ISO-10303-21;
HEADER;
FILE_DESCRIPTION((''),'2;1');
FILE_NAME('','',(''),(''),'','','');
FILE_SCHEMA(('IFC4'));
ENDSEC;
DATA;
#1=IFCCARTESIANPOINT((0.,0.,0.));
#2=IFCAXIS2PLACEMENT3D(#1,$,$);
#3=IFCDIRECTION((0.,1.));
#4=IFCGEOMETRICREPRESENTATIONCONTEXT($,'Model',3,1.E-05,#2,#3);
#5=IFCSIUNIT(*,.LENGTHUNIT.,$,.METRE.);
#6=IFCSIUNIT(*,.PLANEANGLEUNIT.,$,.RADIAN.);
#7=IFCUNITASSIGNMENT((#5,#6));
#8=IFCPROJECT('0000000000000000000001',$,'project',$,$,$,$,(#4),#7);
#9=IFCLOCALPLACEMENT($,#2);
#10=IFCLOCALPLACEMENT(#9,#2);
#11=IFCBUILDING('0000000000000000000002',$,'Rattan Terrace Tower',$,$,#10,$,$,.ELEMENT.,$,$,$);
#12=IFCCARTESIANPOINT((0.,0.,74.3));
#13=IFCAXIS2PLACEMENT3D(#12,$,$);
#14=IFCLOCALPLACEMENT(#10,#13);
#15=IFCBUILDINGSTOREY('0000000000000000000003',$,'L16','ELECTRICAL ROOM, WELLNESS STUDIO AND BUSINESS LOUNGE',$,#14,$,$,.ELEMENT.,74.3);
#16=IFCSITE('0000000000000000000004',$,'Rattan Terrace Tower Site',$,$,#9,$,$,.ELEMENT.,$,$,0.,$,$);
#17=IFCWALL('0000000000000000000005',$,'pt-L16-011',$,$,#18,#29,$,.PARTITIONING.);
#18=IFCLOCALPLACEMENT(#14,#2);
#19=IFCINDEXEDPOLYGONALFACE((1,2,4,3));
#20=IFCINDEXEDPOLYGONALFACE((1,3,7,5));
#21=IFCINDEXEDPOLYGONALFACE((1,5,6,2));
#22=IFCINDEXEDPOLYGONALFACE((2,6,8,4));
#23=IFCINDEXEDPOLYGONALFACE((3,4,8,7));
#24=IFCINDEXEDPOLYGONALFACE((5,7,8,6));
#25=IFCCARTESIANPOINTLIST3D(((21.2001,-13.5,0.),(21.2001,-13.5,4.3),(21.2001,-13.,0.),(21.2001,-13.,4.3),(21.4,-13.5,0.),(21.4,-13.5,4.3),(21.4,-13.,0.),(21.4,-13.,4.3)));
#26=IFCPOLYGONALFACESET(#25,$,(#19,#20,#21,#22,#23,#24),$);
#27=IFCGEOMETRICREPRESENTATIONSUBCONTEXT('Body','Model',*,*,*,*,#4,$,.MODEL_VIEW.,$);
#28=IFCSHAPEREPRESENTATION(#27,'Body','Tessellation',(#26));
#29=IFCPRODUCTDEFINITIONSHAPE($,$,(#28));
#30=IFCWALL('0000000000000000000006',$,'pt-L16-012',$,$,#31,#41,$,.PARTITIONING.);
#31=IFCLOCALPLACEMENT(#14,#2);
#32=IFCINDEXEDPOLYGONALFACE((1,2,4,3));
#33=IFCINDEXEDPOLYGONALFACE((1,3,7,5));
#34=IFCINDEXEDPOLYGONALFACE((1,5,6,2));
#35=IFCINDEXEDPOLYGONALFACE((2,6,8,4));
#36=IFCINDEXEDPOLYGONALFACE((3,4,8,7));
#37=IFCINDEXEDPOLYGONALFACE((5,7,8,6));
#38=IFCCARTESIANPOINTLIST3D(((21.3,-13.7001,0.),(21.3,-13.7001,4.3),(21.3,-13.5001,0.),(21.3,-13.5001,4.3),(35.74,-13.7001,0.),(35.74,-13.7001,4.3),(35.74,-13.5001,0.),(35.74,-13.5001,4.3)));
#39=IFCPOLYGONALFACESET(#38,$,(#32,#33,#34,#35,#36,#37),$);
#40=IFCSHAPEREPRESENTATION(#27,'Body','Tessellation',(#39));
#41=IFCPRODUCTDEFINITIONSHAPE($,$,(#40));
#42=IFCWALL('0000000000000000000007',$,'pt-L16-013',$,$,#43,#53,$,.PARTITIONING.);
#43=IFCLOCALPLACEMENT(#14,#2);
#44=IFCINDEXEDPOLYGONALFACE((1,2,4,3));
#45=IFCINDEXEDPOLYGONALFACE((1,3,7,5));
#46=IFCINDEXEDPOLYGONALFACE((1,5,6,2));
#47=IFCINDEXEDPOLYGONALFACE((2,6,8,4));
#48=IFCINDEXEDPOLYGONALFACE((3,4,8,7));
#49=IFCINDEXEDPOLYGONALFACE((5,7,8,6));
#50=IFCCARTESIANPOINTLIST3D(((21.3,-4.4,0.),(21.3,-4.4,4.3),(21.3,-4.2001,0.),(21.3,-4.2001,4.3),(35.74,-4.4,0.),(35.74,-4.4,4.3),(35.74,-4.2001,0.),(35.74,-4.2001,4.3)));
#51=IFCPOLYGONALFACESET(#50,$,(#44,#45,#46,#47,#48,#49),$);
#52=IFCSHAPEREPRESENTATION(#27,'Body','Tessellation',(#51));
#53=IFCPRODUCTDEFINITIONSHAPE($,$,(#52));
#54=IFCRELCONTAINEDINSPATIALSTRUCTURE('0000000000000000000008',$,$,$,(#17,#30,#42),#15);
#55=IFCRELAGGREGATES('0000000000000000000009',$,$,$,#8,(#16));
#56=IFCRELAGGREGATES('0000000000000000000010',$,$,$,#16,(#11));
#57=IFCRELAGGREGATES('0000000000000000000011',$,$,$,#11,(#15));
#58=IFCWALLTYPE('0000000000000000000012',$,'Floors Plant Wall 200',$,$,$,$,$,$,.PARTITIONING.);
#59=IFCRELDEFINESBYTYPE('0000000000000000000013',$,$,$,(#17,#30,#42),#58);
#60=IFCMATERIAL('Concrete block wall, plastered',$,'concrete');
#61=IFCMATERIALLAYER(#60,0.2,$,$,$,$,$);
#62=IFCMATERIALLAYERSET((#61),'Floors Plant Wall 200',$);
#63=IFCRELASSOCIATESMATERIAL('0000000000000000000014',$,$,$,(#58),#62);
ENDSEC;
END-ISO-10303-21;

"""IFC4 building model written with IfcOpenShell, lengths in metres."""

from ifc_helpers import new_model, si_unit, direction, frame, frame_2d, origin, place, context, subcontext, project, spatial, rectangle, extrude, material, layer, layer_set, type_object, element, save


model = new_model("IFC4")

# Units and contexts
model_context = context("Model", 3, precision=1e-05, world=origin(), true_north=direction((0.0, 1.0)))
body_context = subcontext(model_context, "Body", "Model", "MODEL_VIEW")
ifc_project = project(units=[si_unit("LENGTHUNIT", "METRE"), si_unit("PLANEANGLEUNIT", "RADIAN")], contexts=[model_context])

# Site, building, storey
site_placement = place(None, origin())
site = spatial("IfcSite", under=ifc_project, at=site_placement, Name="Rattan Terrace Tower Site", CompositionType="ELEMENT", RefElevation=0.0)
building_placement = place(site_placement, origin())
building = spatial("IfcBuilding", under=site, at=building_placement, Name="Rattan Terrace Tower", CompositionType="ELEMENT")
storey_placement = place(building_placement, frame((0.0, 0.0, 74.3)))
storey = spatial("IfcBuildingStorey", under=building, at=storey_placement, Name="L16", Description="ELECTRICAL ROOM, WELLNESS STUDIO AND BUSINESS LOUNGE", CompositionType="ELEMENT", Elevation=74.3)

# Shared definitions
ifc_material_1 = material(Name="Concrete block wall, plastered", Category="concrete")
ifc_layer_1 = layer(ifc_material_1, 0.2)
ifc_layer_set_1 = layer_set([ifc_layer_1], Name="Floors Plant Wall 200")
wall_type_1 = type_object("IfcWallType", Name="Floors Plant Wall 200", PredefinedType="PARTITIONING", material=ifc_layer_set_1)

# Walls
wall_1_placement = place(storey_placement, frame((21.3, -13.0, 0.0), z_axis=(0.0, 0.0, 1.0), x_axis=(0.0, -1.0, 0.0)))
element("IfcWall", 1, at=wall_1_placement, inside=storey, type_object=wall_type_1, Name="pt-L16-011", PredefinedType="PARTITIONING", context=body_context, shape_type="SweptSolid", body=[
    extrude(rectangle(XDim=0.5, YDim=0.2, at=frame_2d((0.25, 0.0))), origin(), (0.0, 0.0, 1.0), 4.3),
])
for number, where, z_axis, x_axis, name in (
    (2, (21.3, -13.6001, 0.0), (0.0, 0.0, 1.0), (1.0, 0.0, 0.0), "pt-L16-012"),
    (3, (21.3, -4.3, 0.0), (0.0, 0.0, 1.0), (1.0, 0.0, 0.0), "pt-L16-013"),
):
    element("IfcWall", number, at=place(storey_placement, frame(where, z_axis=z_axis, x_axis=x_axis)), inside=storey, type_object=wall_type_1, Name=name, PredefinedType="PARTITIONING", context=body_context, shape_type="SweptSolid", body=[
        extrude(rectangle(XDim=14.4399, YDim=0.2, at=frame_2d((7.22, 0.0))), origin(), (0.0, 0.0, 1.0), 4.3),
    ])

save(model, "model.ifc")
